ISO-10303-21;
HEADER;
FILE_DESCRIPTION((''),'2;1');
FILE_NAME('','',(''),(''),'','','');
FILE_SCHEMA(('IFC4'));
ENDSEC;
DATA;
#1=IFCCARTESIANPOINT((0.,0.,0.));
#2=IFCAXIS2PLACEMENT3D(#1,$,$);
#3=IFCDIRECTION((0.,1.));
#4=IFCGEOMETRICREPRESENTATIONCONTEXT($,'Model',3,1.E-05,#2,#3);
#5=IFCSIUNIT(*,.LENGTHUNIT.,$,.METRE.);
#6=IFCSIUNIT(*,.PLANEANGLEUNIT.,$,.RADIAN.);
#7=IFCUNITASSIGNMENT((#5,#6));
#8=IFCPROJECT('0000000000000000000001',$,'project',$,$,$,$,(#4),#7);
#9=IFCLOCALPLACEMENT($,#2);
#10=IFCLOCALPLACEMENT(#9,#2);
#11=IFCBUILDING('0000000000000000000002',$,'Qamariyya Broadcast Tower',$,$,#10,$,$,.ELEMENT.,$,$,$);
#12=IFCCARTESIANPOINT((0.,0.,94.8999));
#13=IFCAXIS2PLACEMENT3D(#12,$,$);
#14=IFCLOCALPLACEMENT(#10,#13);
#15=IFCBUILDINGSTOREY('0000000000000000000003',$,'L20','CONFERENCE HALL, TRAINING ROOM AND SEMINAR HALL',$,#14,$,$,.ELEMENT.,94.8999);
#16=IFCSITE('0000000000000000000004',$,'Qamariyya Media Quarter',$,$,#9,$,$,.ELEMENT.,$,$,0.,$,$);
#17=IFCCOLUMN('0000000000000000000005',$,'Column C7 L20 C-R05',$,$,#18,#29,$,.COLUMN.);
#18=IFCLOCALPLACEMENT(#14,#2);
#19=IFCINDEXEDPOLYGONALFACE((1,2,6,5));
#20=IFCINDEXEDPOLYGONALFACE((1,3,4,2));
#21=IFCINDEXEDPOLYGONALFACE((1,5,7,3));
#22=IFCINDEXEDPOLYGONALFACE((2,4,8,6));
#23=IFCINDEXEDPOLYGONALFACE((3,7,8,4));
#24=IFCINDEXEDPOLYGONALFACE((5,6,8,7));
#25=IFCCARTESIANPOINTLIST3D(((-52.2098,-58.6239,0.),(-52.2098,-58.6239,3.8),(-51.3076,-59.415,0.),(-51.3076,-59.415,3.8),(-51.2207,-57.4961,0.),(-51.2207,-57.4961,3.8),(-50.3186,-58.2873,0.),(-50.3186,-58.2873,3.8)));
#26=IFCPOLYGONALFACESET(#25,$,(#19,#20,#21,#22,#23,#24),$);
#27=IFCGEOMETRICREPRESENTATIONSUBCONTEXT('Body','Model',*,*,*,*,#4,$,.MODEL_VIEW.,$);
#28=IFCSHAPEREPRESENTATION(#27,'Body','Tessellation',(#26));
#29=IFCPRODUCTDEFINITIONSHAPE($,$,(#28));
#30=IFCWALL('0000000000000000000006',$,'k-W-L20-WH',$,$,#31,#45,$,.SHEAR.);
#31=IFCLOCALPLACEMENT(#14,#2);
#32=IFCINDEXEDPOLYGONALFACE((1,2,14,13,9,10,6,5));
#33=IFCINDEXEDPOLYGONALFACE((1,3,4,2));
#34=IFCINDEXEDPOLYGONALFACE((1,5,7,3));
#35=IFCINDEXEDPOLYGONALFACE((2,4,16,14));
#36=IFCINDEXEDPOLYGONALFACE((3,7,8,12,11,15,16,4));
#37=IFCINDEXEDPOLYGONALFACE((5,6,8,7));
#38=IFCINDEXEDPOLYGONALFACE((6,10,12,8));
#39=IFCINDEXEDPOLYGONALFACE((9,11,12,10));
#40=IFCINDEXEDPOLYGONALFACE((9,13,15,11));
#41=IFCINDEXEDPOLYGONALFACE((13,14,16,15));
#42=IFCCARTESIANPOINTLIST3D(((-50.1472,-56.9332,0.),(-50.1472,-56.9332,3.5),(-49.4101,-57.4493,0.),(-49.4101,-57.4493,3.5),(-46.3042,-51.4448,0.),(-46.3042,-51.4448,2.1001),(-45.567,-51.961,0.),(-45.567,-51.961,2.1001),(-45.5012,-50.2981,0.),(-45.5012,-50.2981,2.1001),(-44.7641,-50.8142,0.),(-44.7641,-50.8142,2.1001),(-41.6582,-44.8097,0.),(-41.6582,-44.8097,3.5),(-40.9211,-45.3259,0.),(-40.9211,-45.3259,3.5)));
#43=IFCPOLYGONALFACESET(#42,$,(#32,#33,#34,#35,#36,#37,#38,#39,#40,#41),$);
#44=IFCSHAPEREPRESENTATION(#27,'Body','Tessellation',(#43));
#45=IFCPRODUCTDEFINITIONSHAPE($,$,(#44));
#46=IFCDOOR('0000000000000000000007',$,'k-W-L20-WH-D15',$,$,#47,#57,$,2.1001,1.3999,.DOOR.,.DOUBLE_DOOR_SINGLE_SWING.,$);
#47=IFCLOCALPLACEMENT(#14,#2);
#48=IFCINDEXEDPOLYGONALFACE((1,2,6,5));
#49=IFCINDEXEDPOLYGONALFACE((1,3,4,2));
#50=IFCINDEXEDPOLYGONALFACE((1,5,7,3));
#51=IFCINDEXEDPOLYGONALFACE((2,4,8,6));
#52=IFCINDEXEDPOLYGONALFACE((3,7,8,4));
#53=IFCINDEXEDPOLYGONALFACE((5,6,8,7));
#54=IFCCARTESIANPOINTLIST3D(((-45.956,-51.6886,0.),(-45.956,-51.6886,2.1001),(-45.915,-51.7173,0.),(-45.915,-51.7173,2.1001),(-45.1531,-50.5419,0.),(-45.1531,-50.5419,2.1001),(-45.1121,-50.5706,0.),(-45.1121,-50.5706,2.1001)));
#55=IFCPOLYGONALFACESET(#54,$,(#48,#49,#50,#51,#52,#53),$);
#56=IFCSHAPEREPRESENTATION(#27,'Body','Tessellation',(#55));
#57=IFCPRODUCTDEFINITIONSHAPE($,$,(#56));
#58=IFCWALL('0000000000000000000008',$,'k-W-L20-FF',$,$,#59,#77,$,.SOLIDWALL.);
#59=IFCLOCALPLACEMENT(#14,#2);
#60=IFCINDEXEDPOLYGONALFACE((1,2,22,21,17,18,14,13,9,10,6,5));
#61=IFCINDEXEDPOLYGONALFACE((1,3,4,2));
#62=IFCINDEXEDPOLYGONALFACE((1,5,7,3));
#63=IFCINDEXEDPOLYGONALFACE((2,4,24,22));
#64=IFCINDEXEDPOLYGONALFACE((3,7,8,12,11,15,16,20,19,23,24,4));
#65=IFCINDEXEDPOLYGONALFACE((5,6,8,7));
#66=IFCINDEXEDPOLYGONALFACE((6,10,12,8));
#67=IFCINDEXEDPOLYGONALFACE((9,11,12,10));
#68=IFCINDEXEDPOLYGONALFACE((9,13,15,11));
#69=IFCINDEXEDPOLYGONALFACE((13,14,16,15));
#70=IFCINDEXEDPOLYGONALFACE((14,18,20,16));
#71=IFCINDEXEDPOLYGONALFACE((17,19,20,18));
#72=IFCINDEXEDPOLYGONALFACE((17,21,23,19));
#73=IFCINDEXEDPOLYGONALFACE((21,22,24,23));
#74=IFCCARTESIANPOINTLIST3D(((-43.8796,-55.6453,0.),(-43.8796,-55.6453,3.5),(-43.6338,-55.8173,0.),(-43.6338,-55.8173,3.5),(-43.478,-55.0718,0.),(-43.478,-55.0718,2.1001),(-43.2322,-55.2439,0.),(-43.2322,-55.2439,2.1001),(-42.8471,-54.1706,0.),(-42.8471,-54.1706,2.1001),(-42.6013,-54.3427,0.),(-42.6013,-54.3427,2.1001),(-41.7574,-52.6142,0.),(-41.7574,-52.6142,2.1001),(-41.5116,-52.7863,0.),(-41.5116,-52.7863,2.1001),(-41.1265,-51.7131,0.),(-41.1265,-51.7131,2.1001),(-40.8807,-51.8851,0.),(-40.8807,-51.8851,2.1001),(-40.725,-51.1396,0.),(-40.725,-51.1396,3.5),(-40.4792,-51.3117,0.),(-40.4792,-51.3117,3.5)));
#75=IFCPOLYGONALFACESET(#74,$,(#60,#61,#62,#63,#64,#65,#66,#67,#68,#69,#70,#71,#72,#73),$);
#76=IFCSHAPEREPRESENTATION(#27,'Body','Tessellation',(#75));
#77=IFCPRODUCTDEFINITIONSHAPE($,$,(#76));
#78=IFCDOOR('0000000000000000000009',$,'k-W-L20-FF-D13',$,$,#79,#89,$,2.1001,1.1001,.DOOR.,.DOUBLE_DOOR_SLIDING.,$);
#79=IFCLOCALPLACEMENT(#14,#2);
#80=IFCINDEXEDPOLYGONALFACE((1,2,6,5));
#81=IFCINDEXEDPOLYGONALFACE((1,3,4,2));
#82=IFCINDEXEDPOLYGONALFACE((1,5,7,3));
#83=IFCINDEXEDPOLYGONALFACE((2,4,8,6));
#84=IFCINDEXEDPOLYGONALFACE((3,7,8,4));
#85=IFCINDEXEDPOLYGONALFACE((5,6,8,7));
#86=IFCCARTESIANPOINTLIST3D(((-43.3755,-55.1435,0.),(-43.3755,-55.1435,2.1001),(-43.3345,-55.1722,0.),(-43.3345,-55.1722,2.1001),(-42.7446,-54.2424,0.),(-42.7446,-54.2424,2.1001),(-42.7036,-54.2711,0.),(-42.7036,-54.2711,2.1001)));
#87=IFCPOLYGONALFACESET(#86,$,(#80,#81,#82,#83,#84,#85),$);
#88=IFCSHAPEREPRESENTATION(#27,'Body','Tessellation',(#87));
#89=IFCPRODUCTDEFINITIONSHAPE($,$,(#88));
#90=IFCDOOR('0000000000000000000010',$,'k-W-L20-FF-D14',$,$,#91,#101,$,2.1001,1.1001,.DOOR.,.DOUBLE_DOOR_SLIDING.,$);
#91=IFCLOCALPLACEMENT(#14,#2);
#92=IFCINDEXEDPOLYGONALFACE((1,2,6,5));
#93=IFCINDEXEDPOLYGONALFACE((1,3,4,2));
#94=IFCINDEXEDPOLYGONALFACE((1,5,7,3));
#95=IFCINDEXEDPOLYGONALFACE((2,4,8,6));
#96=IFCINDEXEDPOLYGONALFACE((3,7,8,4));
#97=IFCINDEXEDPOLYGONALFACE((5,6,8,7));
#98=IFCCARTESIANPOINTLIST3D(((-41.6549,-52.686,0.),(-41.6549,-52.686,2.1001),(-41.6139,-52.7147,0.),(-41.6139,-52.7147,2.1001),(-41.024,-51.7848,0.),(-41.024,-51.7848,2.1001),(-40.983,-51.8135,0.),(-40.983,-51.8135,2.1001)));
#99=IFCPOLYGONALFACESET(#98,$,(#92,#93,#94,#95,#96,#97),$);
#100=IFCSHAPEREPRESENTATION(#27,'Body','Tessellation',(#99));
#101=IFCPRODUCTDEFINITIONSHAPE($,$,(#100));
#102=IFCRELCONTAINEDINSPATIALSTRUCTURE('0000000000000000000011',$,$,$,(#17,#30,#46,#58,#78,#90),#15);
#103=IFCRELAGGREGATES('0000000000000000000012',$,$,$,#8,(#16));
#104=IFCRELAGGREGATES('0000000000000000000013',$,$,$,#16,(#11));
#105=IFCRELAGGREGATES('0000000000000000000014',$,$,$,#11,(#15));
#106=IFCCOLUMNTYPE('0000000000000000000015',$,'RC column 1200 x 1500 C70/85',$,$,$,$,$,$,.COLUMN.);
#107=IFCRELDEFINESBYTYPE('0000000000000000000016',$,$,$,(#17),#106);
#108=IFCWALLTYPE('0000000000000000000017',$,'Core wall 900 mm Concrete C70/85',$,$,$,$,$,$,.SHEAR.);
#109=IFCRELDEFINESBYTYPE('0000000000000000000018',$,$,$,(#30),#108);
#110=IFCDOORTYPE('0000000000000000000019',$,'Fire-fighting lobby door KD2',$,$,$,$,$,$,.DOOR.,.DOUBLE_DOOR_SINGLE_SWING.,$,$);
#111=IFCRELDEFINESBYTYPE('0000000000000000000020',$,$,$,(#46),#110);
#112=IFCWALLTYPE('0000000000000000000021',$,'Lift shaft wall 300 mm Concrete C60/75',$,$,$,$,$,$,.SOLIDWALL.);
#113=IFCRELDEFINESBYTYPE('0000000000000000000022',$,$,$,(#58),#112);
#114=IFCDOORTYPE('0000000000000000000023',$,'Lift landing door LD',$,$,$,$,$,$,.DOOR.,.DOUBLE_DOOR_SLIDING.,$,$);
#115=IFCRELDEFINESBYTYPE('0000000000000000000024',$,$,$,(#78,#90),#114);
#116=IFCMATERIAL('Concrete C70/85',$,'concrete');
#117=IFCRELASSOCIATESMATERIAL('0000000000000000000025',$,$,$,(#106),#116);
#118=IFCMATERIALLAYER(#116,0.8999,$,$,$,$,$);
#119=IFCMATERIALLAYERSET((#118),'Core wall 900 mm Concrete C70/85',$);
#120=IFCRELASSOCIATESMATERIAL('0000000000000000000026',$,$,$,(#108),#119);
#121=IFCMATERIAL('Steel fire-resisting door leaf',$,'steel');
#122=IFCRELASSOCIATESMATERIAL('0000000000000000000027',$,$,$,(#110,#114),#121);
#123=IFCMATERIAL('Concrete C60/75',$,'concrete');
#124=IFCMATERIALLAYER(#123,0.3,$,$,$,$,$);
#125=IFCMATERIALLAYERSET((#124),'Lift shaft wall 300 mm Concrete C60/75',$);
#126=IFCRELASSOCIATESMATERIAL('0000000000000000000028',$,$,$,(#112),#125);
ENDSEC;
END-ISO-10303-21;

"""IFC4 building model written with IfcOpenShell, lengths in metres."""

from ifc_helpers import new_model, si_unit, direction, frame, frame_2d, origin, origin_2d, place, context, subcontext, project, spatial, rectangle, extrude, material, layer, layer_set, material_profile, profile_set, type_object, element, fill, save


model = new_model("IFC4")

# Units and contexts
model_context = context("Model", 3, precision=1e-05, world=origin(), true_north=direction((0.0, 1.0)))
body_context = subcontext(model_context, "Body", "Model", "MODEL_VIEW")
ifc_project = project(units=[si_unit("LENGTHUNIT", "METRE"), si_unit("PLANEANGLEUNIT", "RADIAN")], contexts=[model_context])

# Site, building, storey
site_placement = place(None, origin())
site = spatial("IfcSite", under=ifc_project, at=site_placement, Name="Qamariyya Media Quarter", CompositionType="ELEMENT", RefElevation=0.0)
building_placement = place(site_placement, origin())
building = spatial("IfcBuilding", under=site, at=building_placement, Name="Qamariyya Broadcast Tower", CompositionType="ELEMENT")
storey_placement = place(building_placement, frame((0.0, 0.0, 94.8999)))
storey = spatial("IfcBuildingStorey", under=building, at=storey_placement, Name="L20", Description="CONFERENCE HALL, TRAINING ROOM AND SEMINAR HALL", CompositionType="ELEMENT", Elevation=94.8999)

# Column
ifc_material_1 = material(Name="Concrete C70/85", Category="concrete")
ifc_material_profile_1 = material_profile(ifc_material_1, rectangle(XDim=1.2, YDim=1.5, at=origin_2d()))
ifc_profile_set_1 = profile_set([ifc_material_profile_1], Name="Concrete C70/85")
column_type = type_object("IfcColumnType", Name="RC column 1200 x 1500 C70/85", PredefinedType="COLUMN", material=ifc_profile_set_1)
column_placement = place(storey_placement, frame((-51.2642, -58.4556, 0.0), z_axis=(0.0, 0.0, 1.0), x_axis=(0.75184, -0.659346, 0.0)))
element("IfcColumn", 1, at=column_placement, inside=storey, type_object=column_type, Name="Column C7 L20 C-R05", PredefinedType="COLUMN", context=body_context, shape_type="SweptSolid", body=[
    extrude(rectangle(XDim=1.2, YDim=1.5, at=origin_2d()), origin(), (0.0, 0.0, 1.0), 3.8),
])

# Wall, opening, door
ifc_layer_1 = layer(ifc_material_1, 0.8999)
ifc_layer_set_1 = layer_set([ifc_layer_1], Name="Core wall 900 mm Concrete C70/85")
wall_type_1 = type_object("IfcWallType", Name="Core wall 900 mm Concrete C70/85", PredefinedType="SHEAR", material=ifc_layer_set_1)
wall_1_placement = place(storey_placement, frame((-49.7786, -57.1912, 0.0), z_axis=(0.0, 0.0, 1.0), x_axis=(0.573577, 0.819151, 0.0)))
wall_1 = element("IfcWall", 2, at=wall_1_placement, inside=storey, type_object=wall_type_1, Name="k-W-L20-WH", PredefinedType="SHEAR", context=body_context, shape_type="SweptSolid", body=[
    extrude(rectangle(XDim=14.8, YDim=0.8999, at=frame_2d((7.3999, 0.0))), origin(), (0.0, 0.0, 1.0), 3.5),
])
opening_1_placement = place(wall_1_placement, frame((6.7, 0.0, 0.0)))
opening_1 = element("IfcOpeningElement", 3, at=opening_1_placement, cuts=wall_1, PredefinedType="OPENING", context=body_context, shape_type="SweptSolid", body=[
    extrude(rectangle(XDim=1.3999, YDim=2.1001, at=frame_2d((0.7, 1.05))), frame((0.0, 0.46, 0.0), z_axis=(0.0, -1.0, 0.0), x_axis=(1.0, 0.0, 0.0)), (0.0, 0.0, 1.0), 0.9199),
])
ifc_material_2 = material(Name="Steel fire-resisting door leaf", Category="steel")
door_type_1 = type_object("IfcDoorType", Name="Fire-fighting lobby door KD2", OperationType="DOUBLE_DOOR_SINGLE_SWING", PredefinedType="DOOR", material=ifc_material_2)
door_1_placement = place(opening_1_placement, origin())
door_1 = element("IfcDoor", 4, at=door_1_placement, inside=storey, type_object=door_type_1, Name="k-W-L20-WH-D15", OperationType="DOUBLE_DOOR_SINGLE_SWING", OverallHeight=2.1001, OverallWidth=1.3999, PredefinedType="DOOR", context=body_context, shape_type="SweptSolid", body=[
    extrude(rectangle(XDim=1.3999, YDim=2.1001, at=frame_2d((0.7, 1.05))), frame((0.0, 0.0249, 0.0), z_axis=(0.0, -1.0, 0.0), x_axis=(1.0, 0.0, 0.0)), (0.0, 0.0, 1.0), 0.05),
])
fill(opening_1, door_1)

# Wall, openings, doors
ifc_material_3 = material(Name="Concrete C60/75", Category="concrete")
ifc_layer_2 = layer(ifc_material_3, 0.3)
ifc_layer_set_2 = layer_set([ifc_layer_2], Name="Lift shaft wall 300 mm Concrete C60/75")
wall_type_2 = type_object("IfcWallType", Name="Lift shaft wall 300 mm Concrete C60/75", PredefinedType="SOLIDWALL", material=ifc_layer_set_2)
wall_2_placement = place(storey_placement, frame((-43.7566, -55.7312, 0.0), z_axis=(0.0, 0.0, 1.0), x_axis=(0.573537, 0.81918, 0.0)))
wall_2 = element("IfcWall", 5, at=wall_2_placement, inside=storey, type_object=wall_type_2, Name="k-W-L20-FF", PredefinedType="SOLIDWALL", context=body_context, shape_type="SweptSolid", body=[
    extrude(rectangle(XDim=5.5002, YDim=0.3, at=frame_2d((2.75, 0.0))), origin(), (0.0, 0.0, 1.0), 3.5),
])
opening_2_placement = place(wall_2_placement, frame((0.7, 0.0, 0.0)))
opening_2 = element("IfcOpeningElement", 6, at=opening_2_placement, cuts=wall_2, PredefinedType="OPENING", context=body_context, shape_type="SweptSolid", body=[
    extrude(rectangle(XDim=1.1001, YDim=2.1001, at=frame_2d((0.55, 1.05))), frame((0.0, 0.1599, 0.0), z_axis=(0.0, -1.0, 0.0), x_axis=(1.0, 0.0, 0.0)), (0.0, 0.0, 1.0), 0.3201),
])
opening_3_placement = place(wall_2_placement, frame((3.7, 0.0, 0.0)))
opening_3 = element("IfcOpeningElement", 7, at=opening_3_placement, cuts=wall_2, PredefinedType="OPENING", context=body_context, shape_type="SweptSolid", body=[
    extrude(rectangle(XDim=1.1001, YDim=2.1001, at=frame_2d((0.55, 1.05))), frame((0.0, 0.1599, 0.0), z_axis=(0.0, -1.0, 0.0), x_axis=(1.0, 0.0, 0.0)), (0.0, 0.0, 1.0), 0.3201),
])
door_type_2 = type_object("IfcDoorType", Name="Lift landing door LD", OperationType="DOUBLE_DOOR_SLIDING", PredefinedType="DOOR", material=ifc_material_2)
door_2_placement = place(opening_2_placement, origin())
door_2 = element("IfcDoor", 8, at=door_2_placement, inside=storey, type_object=door_type_2, Name="k-W-L20-FF-D13", OperationType="DOUBLE_DOOR_SLIDING", OverallHeight=2.1001, OverallWidth=1.1001, PredefinedType="DOOR", context=body_context, shape_type="SweptSolid", body=[
    extrude(rectangle(XDim=1.1001, YDim=2.1001, at=frame_2d((0.55, 1.05))), frame((0.0, 0.0249, 0.0), z_axis=(0.0, -1.0, 0.0), x_axis=(1.0, 0.0, 0.0)), (0.0, 0.0, 1.0), 0.05),
])
fill(opening_2, door_2)
door_3_placement = place(opening_3_placement, origin())
door_3 = element("IfcDoor", 9, at=door_3_placement, inside=storey, type_object=door_type_2, Name="k-W-L20-FF-D14", OperationType="DOUBLE_DOOR_SLIDING", OverallHeight=2.1001, OverallWidth=1.1001, PredefinedType="DOOR", context=body_context, shape_type="SweptSolid", body=[
    extrude(rectangle(XDim=1.1001, YDim=2.1001, at=frame_2d((0.55, 1.05))), frame((0.0, 0.0249, 0.0), z_axis=(0.0, -1.0, 0.0), x_axis=(1.0, 0.0, 0.0)), (0.0, 0.0, 1.0), 0.05),
])
fill(opening_3, door_3)

save(model, "model.ifc")
